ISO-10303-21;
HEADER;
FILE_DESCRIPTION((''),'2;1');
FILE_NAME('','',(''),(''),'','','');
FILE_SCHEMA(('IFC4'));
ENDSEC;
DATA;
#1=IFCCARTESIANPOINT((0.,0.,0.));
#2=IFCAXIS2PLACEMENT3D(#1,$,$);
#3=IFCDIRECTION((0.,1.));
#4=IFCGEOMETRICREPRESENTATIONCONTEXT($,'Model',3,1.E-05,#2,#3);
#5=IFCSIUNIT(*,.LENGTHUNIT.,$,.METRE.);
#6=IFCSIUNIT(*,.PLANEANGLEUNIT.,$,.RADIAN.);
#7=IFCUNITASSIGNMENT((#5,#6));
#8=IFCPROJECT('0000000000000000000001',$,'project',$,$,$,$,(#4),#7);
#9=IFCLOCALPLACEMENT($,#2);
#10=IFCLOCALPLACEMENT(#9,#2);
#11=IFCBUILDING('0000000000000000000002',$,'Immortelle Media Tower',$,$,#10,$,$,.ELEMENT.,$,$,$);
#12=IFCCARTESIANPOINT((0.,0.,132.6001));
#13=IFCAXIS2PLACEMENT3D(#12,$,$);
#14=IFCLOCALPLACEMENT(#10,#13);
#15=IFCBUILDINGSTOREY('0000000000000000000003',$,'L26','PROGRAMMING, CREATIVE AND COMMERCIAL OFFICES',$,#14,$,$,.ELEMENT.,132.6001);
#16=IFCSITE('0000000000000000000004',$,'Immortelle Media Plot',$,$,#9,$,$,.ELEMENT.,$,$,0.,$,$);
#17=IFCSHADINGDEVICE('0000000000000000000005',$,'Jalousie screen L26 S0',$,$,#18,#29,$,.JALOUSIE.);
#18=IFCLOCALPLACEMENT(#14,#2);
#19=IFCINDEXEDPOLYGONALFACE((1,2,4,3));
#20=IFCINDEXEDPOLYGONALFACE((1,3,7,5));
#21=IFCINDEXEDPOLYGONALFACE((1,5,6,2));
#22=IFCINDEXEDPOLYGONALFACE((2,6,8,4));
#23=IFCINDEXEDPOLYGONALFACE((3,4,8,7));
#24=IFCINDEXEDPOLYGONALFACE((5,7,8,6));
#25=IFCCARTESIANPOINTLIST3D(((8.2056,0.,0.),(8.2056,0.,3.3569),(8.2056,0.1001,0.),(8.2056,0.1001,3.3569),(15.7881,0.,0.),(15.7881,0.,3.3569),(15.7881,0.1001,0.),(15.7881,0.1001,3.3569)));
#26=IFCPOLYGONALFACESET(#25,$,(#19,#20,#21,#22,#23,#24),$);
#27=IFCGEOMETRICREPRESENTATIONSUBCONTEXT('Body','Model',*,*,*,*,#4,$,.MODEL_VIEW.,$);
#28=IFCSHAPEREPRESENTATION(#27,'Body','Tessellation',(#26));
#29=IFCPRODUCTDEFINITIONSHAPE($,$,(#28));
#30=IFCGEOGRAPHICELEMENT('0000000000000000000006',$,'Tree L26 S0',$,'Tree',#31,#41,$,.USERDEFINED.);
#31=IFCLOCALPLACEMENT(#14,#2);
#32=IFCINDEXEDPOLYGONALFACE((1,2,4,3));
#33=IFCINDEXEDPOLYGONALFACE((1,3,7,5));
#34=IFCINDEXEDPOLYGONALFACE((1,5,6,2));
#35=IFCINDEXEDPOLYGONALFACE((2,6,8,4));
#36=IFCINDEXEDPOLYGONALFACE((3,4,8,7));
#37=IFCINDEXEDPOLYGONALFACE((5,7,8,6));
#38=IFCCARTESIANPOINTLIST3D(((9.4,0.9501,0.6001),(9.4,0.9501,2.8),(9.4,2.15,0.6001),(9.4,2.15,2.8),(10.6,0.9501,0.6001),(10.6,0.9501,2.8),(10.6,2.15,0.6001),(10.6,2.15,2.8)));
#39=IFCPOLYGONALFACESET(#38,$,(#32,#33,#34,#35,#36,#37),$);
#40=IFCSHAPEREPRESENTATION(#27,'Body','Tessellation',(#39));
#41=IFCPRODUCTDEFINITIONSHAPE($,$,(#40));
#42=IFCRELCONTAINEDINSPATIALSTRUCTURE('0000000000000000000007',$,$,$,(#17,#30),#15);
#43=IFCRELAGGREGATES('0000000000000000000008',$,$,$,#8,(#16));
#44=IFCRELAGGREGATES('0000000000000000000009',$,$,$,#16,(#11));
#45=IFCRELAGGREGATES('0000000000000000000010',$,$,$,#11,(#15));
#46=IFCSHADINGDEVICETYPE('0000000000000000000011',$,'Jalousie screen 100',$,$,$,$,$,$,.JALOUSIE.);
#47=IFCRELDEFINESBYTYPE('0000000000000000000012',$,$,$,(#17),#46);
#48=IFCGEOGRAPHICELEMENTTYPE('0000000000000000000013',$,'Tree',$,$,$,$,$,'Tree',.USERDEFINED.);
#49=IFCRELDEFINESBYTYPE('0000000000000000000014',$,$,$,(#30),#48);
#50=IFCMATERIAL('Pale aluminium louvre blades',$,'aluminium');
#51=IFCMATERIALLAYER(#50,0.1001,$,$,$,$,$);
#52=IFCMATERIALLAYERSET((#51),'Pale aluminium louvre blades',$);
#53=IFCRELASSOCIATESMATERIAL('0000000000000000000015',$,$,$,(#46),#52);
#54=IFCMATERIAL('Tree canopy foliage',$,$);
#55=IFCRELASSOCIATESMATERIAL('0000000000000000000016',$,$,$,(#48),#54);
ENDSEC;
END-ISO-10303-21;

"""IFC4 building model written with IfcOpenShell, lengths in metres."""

from ifc_helpers import new_model, si_unit, direction, frame, origin, origin_2d, place, context, subcontext, project, spatial, rectangle, extrude, material, layer, layer_set, type_object, element, save


model = new_model("IFC4")

# Units and contexts
model_context = context("Model", 3, precision=1e-05, world=origin(), true_north=direction((0.0, 1.0)))
body_context = subcontext(model_context, "Body", "Model", "MODEL_VIEW")
ifc_project = project(units=[si_unit("LENGTHUNIT", "METRE"), si_unit("PLANEANGLEUNIT", "RADIAN")], contexts=[model_context])

# Site, building, storey
site_placement = place(None, origin())
site = spatial("IfcSite", under=ifc_project, at=site_placement, Name="Immortelle Media Plot", CompositionType="ELEMENT", RefElevation=0.0)
building_placement = place(site_placement, origin())
building = spatial("IfcBuilding", under=site, at=building_placement, Name="Immortelle Media Tower", CompositionType="ELEMENT")
storey_placement = place(building_placement, frame((0.0, 0.0, 132.6001)))
storey = spatial("IfcBuildingStorey", under=building, at=storey_placement, Name="L26", Description="PROGRAMMING, CREATIVE AND COMMERCIAL OFFICES", CompositionType="ELEMENT", Elevation=132.6001)

# Shading device
ifc_material_1 = material(Name="Pale aluminium louvre blades", Category="aluminium")
ifc_layer_1 = layer(ifc_material_1, 0.1001)
ifc_layer_set_1 = layer_set([ifc_layer_1], Name="Pale aluminium louvre blades")
shading_device_type = type_object("IfcShadingDeviceType", Name="Jalousie screen 100", PredefinedType="JALOUSIE", material=ifc_layer_set_1)
shading_device_placement = place(storey_placement, frame((11.9968, 0.05, 0.0), z_axis=(0.0, 0.0, 1.0), x_axis=(1.0, 0.0, 0.0)))
element("IfcShadingDevice", 1, at=shading_device_placement, inside=storey, type_object=shading_device_type, Name="Jalousie screen L26 S0", PredefinedType="JALOUSIE", context=body_context, shape_type="SweptSolid", body=[
    extrude(rectangle(XDim=7.5825, YDim=0.1001, at=origin_2d()), origin(), (0.0, 0.0, 1.0), 3.3569),
])

# Geographic element
ifc_material_2 = material(Name="Tree canopy foliage")
geographic_element_type = type_object("IfcGeographicElementType", Name="Tree", ElementType="Tree", PredefinedType="USERDEFINED", material=ifc_material_2)
geographic_element_placement = place(storey_placement, frame((10.0, 1.55, 0.6001), z_axis=(0.0, 0.0, 1.0), x_axis=(1.0, 0.0, 0.0)))
element("IfcGeographicElement", 2, at=geographic_element_placement, inside=storey, type_object=geographic_element_type, Name="Tree L26 S0", ObjectType="Tree", PredefinedType="USERDEFINED", context=body_context, shape_type="SweptSolid", body=[
    extrude(rectangle(XDim=1.2, YDim=1.2, at=origin_2d()), origin(), (0.0, 0.0, 1.0), 2.2),
])

save(model, "model.ifc")
